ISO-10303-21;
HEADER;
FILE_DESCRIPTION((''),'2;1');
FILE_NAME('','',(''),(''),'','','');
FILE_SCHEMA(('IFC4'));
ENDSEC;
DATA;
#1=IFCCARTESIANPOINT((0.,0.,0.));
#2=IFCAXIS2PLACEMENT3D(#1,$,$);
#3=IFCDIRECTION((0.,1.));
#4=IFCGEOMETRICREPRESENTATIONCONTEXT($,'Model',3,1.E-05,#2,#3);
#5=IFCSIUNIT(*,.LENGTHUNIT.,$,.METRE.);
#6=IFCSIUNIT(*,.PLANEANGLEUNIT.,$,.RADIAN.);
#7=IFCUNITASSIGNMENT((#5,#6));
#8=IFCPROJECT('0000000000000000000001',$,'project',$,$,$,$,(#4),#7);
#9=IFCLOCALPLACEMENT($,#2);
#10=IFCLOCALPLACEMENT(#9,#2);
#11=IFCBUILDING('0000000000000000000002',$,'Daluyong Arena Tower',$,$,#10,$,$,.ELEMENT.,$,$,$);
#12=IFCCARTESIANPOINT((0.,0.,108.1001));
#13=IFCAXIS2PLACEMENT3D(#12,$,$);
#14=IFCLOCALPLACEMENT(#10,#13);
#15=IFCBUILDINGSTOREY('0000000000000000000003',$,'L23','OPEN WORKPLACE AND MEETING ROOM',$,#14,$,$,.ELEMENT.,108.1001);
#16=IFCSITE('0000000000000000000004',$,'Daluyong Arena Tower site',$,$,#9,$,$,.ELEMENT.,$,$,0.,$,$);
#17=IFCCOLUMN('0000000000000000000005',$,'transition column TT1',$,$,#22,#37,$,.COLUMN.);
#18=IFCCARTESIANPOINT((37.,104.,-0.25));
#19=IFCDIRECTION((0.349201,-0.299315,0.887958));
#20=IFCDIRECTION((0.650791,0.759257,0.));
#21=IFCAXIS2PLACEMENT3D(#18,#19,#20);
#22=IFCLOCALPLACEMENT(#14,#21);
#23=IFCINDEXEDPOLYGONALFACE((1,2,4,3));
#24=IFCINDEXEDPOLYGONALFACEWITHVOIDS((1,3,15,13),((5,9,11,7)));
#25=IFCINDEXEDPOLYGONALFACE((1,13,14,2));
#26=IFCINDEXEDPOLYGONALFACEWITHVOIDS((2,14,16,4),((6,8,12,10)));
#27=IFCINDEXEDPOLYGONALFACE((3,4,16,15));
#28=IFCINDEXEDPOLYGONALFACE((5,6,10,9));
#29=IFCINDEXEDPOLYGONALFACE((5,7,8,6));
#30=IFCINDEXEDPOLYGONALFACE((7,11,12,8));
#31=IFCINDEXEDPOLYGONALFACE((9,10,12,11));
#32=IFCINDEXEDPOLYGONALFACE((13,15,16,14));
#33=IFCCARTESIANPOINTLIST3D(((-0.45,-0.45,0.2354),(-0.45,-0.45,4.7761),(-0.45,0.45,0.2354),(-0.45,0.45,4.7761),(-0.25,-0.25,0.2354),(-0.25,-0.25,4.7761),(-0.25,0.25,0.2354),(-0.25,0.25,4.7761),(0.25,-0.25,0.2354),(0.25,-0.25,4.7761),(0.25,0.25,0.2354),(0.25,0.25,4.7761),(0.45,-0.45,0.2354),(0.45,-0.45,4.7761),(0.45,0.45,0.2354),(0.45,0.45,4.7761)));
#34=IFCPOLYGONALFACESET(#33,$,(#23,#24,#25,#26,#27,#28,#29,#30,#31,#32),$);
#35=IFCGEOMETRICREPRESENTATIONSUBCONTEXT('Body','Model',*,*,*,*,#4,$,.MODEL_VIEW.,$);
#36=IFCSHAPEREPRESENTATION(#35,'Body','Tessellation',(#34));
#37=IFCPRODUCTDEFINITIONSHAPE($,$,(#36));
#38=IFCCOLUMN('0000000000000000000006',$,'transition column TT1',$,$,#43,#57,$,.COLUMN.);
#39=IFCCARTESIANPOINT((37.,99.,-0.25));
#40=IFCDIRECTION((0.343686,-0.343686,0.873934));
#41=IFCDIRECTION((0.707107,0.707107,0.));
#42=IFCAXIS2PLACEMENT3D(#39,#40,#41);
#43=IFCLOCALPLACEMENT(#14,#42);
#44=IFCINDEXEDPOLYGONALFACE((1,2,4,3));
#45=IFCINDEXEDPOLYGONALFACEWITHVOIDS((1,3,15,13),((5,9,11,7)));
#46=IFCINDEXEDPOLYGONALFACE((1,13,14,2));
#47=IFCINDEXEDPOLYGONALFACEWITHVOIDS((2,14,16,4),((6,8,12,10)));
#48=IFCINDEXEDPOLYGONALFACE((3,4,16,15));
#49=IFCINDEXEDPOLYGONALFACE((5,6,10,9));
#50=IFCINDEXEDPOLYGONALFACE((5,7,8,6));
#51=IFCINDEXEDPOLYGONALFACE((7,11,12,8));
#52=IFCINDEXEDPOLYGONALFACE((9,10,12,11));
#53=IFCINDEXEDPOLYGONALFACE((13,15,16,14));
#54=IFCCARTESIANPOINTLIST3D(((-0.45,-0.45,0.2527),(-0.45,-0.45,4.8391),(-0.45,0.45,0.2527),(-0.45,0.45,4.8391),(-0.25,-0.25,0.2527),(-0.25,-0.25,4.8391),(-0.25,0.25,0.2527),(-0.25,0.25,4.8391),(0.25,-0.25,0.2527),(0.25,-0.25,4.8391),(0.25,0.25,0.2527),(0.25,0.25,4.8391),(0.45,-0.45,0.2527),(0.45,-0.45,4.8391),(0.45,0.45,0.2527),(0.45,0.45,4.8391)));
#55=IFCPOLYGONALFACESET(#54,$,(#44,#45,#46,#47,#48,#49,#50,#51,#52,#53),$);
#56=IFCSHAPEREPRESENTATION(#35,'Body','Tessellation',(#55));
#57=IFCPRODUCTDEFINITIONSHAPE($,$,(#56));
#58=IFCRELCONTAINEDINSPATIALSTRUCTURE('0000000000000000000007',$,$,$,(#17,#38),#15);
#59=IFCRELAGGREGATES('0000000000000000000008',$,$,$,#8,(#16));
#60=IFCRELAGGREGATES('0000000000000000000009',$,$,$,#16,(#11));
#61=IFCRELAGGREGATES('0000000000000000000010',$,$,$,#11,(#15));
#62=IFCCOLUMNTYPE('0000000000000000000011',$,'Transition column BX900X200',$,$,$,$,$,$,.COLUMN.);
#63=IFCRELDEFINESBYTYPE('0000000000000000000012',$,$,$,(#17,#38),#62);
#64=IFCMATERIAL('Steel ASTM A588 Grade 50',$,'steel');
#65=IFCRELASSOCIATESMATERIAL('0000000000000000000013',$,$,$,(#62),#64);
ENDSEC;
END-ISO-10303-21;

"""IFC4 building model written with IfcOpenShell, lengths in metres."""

from ifc_helpers import new_model, si_unit, direction, frame, origin, origin_2d, place, context, subcontext, project, spatial, hollow_rectangle, extrude, clip, halfspace, material, material_profile, profile_set, type_object, element, save


model = new_model("IFC4")

# Units and contexts
model_context = context("Model", 3, precision=1e-05, world=origin(), true_north=direction((0.0, 1.0)))
body_context = subcontext(model_context, "Body", "Model", "MODEL_VIEW")
ifc_project = project(units=[si_unit("LENGTHUNIT", "METRE"), si_unit("PLANEANGLEUNIT", "RADIAN")], contexts=[model_context])

# Site, building, storey
site_placement = place(None, origin())
site = spatial("IfcSite", under=ifc_project, at=site_placement, Name="Daluyong Arena Tower site", CompositionType="ELEMENT", RefElevation=0.0)
building_placement = place(site_placement, origin())
building = spatial("IfcBuilding", under=site, at=building_placement, Name="Daluyong Arena Tower", CompositionType="ELEMENT")
storey_placement = place(building_placement, frame((0.0, 0.0, 108.1001)))
storey = spatial("IfcBuildingStorey", under=building, at=storey_placement, Name="L23", Description="OPEN WORKPLACE AND MEETING ROOM", CompositionType="ELEMENT", Elevation=108.1001)

# Columns
ifc_material_1 = material(Name="Steel ASTM A588 Grade 50", Category="steel")
ifc_material_profile_1 = material_profile(ifc_material_1, hollow_rectangle(XDim=0.8999, YDim=0.8999, WallThickness=0.2, at=origin_2d()))
ifc_profile_set_1 = profile_set([ifc_material_profile_1], Name="Steel ASTM A588 Grade 50")
column_type_1 = type_object("IfcColumnType", Name="Transition column BX900X200", PredefinedType="COLUMN", material=ifc_profile_set_1)
column_1_placement = place(storey_placement, frame((37.0, 104.0, -0.25), z_axis=(0.349201, -0.299315, 0.887958), x_axis=(0.650791, 0.759257, 0.0)))
element("IfcColumn", 1, at=column_1_placement, inside=storey, type_object=column_type_1, Name="transition column TT1", PredefinedType="COLUMN", context=body_context, shape_type="Clipping", body=[
    clip(clip(extrude(hollow_rectangle(XDim=0.8999, YDim=0.8999, WallThickness=0.2, at=origin_2d()), origin(), (0.0, 0.0, 1.0), 5.0115), halfspace(frame((0.0, 0.0, 0.2354), z_axis=(0.0, 0.0, 1.0), x_axis=(1.0, 0.0, 0.0)), True)), halfspace(frame((0.0, 0.0, 4.7761), z_axis=(0.0, 0.0, -1.0), x_axis=(1.0, 0.0, 0.0)), True)),
])
column_2_placement = place(storey_placement, frame((37.0, 99.0, -0.25), z_axis=(0.343686, -0.343686, 0.873934), x_axis=(0.707107, 0.707107, 0.0)))
element("IfcColumn", 2, at=column_2_placement, inside=storey, type_object=column_type_1, Name="transition column TT1", PredefinedType="COLUMN", context=body_context, shape_type="Clipping", body=[
    clip(clip(extrude(hollow_rectangle(XDim=0.8999, YDim=0.8999, WallThickness=0.2, at=origin_2d()), origin(), (0.0, 0.0, 1.0), 5.0918), halfspace(frame((0.0, 0.0, 0.2527), z_axis=(0.0, 0.0, 1.0), x_axis=(1.0, 0.0, 0.0)), True)), halfspace(frame((0.0, 0.0, 4.8391), z_axis=(0.0, 0.0, -1.0), x_axis=(1.0, 0.0, 0.0)), True)),
])

save(model, "model.ifc")
